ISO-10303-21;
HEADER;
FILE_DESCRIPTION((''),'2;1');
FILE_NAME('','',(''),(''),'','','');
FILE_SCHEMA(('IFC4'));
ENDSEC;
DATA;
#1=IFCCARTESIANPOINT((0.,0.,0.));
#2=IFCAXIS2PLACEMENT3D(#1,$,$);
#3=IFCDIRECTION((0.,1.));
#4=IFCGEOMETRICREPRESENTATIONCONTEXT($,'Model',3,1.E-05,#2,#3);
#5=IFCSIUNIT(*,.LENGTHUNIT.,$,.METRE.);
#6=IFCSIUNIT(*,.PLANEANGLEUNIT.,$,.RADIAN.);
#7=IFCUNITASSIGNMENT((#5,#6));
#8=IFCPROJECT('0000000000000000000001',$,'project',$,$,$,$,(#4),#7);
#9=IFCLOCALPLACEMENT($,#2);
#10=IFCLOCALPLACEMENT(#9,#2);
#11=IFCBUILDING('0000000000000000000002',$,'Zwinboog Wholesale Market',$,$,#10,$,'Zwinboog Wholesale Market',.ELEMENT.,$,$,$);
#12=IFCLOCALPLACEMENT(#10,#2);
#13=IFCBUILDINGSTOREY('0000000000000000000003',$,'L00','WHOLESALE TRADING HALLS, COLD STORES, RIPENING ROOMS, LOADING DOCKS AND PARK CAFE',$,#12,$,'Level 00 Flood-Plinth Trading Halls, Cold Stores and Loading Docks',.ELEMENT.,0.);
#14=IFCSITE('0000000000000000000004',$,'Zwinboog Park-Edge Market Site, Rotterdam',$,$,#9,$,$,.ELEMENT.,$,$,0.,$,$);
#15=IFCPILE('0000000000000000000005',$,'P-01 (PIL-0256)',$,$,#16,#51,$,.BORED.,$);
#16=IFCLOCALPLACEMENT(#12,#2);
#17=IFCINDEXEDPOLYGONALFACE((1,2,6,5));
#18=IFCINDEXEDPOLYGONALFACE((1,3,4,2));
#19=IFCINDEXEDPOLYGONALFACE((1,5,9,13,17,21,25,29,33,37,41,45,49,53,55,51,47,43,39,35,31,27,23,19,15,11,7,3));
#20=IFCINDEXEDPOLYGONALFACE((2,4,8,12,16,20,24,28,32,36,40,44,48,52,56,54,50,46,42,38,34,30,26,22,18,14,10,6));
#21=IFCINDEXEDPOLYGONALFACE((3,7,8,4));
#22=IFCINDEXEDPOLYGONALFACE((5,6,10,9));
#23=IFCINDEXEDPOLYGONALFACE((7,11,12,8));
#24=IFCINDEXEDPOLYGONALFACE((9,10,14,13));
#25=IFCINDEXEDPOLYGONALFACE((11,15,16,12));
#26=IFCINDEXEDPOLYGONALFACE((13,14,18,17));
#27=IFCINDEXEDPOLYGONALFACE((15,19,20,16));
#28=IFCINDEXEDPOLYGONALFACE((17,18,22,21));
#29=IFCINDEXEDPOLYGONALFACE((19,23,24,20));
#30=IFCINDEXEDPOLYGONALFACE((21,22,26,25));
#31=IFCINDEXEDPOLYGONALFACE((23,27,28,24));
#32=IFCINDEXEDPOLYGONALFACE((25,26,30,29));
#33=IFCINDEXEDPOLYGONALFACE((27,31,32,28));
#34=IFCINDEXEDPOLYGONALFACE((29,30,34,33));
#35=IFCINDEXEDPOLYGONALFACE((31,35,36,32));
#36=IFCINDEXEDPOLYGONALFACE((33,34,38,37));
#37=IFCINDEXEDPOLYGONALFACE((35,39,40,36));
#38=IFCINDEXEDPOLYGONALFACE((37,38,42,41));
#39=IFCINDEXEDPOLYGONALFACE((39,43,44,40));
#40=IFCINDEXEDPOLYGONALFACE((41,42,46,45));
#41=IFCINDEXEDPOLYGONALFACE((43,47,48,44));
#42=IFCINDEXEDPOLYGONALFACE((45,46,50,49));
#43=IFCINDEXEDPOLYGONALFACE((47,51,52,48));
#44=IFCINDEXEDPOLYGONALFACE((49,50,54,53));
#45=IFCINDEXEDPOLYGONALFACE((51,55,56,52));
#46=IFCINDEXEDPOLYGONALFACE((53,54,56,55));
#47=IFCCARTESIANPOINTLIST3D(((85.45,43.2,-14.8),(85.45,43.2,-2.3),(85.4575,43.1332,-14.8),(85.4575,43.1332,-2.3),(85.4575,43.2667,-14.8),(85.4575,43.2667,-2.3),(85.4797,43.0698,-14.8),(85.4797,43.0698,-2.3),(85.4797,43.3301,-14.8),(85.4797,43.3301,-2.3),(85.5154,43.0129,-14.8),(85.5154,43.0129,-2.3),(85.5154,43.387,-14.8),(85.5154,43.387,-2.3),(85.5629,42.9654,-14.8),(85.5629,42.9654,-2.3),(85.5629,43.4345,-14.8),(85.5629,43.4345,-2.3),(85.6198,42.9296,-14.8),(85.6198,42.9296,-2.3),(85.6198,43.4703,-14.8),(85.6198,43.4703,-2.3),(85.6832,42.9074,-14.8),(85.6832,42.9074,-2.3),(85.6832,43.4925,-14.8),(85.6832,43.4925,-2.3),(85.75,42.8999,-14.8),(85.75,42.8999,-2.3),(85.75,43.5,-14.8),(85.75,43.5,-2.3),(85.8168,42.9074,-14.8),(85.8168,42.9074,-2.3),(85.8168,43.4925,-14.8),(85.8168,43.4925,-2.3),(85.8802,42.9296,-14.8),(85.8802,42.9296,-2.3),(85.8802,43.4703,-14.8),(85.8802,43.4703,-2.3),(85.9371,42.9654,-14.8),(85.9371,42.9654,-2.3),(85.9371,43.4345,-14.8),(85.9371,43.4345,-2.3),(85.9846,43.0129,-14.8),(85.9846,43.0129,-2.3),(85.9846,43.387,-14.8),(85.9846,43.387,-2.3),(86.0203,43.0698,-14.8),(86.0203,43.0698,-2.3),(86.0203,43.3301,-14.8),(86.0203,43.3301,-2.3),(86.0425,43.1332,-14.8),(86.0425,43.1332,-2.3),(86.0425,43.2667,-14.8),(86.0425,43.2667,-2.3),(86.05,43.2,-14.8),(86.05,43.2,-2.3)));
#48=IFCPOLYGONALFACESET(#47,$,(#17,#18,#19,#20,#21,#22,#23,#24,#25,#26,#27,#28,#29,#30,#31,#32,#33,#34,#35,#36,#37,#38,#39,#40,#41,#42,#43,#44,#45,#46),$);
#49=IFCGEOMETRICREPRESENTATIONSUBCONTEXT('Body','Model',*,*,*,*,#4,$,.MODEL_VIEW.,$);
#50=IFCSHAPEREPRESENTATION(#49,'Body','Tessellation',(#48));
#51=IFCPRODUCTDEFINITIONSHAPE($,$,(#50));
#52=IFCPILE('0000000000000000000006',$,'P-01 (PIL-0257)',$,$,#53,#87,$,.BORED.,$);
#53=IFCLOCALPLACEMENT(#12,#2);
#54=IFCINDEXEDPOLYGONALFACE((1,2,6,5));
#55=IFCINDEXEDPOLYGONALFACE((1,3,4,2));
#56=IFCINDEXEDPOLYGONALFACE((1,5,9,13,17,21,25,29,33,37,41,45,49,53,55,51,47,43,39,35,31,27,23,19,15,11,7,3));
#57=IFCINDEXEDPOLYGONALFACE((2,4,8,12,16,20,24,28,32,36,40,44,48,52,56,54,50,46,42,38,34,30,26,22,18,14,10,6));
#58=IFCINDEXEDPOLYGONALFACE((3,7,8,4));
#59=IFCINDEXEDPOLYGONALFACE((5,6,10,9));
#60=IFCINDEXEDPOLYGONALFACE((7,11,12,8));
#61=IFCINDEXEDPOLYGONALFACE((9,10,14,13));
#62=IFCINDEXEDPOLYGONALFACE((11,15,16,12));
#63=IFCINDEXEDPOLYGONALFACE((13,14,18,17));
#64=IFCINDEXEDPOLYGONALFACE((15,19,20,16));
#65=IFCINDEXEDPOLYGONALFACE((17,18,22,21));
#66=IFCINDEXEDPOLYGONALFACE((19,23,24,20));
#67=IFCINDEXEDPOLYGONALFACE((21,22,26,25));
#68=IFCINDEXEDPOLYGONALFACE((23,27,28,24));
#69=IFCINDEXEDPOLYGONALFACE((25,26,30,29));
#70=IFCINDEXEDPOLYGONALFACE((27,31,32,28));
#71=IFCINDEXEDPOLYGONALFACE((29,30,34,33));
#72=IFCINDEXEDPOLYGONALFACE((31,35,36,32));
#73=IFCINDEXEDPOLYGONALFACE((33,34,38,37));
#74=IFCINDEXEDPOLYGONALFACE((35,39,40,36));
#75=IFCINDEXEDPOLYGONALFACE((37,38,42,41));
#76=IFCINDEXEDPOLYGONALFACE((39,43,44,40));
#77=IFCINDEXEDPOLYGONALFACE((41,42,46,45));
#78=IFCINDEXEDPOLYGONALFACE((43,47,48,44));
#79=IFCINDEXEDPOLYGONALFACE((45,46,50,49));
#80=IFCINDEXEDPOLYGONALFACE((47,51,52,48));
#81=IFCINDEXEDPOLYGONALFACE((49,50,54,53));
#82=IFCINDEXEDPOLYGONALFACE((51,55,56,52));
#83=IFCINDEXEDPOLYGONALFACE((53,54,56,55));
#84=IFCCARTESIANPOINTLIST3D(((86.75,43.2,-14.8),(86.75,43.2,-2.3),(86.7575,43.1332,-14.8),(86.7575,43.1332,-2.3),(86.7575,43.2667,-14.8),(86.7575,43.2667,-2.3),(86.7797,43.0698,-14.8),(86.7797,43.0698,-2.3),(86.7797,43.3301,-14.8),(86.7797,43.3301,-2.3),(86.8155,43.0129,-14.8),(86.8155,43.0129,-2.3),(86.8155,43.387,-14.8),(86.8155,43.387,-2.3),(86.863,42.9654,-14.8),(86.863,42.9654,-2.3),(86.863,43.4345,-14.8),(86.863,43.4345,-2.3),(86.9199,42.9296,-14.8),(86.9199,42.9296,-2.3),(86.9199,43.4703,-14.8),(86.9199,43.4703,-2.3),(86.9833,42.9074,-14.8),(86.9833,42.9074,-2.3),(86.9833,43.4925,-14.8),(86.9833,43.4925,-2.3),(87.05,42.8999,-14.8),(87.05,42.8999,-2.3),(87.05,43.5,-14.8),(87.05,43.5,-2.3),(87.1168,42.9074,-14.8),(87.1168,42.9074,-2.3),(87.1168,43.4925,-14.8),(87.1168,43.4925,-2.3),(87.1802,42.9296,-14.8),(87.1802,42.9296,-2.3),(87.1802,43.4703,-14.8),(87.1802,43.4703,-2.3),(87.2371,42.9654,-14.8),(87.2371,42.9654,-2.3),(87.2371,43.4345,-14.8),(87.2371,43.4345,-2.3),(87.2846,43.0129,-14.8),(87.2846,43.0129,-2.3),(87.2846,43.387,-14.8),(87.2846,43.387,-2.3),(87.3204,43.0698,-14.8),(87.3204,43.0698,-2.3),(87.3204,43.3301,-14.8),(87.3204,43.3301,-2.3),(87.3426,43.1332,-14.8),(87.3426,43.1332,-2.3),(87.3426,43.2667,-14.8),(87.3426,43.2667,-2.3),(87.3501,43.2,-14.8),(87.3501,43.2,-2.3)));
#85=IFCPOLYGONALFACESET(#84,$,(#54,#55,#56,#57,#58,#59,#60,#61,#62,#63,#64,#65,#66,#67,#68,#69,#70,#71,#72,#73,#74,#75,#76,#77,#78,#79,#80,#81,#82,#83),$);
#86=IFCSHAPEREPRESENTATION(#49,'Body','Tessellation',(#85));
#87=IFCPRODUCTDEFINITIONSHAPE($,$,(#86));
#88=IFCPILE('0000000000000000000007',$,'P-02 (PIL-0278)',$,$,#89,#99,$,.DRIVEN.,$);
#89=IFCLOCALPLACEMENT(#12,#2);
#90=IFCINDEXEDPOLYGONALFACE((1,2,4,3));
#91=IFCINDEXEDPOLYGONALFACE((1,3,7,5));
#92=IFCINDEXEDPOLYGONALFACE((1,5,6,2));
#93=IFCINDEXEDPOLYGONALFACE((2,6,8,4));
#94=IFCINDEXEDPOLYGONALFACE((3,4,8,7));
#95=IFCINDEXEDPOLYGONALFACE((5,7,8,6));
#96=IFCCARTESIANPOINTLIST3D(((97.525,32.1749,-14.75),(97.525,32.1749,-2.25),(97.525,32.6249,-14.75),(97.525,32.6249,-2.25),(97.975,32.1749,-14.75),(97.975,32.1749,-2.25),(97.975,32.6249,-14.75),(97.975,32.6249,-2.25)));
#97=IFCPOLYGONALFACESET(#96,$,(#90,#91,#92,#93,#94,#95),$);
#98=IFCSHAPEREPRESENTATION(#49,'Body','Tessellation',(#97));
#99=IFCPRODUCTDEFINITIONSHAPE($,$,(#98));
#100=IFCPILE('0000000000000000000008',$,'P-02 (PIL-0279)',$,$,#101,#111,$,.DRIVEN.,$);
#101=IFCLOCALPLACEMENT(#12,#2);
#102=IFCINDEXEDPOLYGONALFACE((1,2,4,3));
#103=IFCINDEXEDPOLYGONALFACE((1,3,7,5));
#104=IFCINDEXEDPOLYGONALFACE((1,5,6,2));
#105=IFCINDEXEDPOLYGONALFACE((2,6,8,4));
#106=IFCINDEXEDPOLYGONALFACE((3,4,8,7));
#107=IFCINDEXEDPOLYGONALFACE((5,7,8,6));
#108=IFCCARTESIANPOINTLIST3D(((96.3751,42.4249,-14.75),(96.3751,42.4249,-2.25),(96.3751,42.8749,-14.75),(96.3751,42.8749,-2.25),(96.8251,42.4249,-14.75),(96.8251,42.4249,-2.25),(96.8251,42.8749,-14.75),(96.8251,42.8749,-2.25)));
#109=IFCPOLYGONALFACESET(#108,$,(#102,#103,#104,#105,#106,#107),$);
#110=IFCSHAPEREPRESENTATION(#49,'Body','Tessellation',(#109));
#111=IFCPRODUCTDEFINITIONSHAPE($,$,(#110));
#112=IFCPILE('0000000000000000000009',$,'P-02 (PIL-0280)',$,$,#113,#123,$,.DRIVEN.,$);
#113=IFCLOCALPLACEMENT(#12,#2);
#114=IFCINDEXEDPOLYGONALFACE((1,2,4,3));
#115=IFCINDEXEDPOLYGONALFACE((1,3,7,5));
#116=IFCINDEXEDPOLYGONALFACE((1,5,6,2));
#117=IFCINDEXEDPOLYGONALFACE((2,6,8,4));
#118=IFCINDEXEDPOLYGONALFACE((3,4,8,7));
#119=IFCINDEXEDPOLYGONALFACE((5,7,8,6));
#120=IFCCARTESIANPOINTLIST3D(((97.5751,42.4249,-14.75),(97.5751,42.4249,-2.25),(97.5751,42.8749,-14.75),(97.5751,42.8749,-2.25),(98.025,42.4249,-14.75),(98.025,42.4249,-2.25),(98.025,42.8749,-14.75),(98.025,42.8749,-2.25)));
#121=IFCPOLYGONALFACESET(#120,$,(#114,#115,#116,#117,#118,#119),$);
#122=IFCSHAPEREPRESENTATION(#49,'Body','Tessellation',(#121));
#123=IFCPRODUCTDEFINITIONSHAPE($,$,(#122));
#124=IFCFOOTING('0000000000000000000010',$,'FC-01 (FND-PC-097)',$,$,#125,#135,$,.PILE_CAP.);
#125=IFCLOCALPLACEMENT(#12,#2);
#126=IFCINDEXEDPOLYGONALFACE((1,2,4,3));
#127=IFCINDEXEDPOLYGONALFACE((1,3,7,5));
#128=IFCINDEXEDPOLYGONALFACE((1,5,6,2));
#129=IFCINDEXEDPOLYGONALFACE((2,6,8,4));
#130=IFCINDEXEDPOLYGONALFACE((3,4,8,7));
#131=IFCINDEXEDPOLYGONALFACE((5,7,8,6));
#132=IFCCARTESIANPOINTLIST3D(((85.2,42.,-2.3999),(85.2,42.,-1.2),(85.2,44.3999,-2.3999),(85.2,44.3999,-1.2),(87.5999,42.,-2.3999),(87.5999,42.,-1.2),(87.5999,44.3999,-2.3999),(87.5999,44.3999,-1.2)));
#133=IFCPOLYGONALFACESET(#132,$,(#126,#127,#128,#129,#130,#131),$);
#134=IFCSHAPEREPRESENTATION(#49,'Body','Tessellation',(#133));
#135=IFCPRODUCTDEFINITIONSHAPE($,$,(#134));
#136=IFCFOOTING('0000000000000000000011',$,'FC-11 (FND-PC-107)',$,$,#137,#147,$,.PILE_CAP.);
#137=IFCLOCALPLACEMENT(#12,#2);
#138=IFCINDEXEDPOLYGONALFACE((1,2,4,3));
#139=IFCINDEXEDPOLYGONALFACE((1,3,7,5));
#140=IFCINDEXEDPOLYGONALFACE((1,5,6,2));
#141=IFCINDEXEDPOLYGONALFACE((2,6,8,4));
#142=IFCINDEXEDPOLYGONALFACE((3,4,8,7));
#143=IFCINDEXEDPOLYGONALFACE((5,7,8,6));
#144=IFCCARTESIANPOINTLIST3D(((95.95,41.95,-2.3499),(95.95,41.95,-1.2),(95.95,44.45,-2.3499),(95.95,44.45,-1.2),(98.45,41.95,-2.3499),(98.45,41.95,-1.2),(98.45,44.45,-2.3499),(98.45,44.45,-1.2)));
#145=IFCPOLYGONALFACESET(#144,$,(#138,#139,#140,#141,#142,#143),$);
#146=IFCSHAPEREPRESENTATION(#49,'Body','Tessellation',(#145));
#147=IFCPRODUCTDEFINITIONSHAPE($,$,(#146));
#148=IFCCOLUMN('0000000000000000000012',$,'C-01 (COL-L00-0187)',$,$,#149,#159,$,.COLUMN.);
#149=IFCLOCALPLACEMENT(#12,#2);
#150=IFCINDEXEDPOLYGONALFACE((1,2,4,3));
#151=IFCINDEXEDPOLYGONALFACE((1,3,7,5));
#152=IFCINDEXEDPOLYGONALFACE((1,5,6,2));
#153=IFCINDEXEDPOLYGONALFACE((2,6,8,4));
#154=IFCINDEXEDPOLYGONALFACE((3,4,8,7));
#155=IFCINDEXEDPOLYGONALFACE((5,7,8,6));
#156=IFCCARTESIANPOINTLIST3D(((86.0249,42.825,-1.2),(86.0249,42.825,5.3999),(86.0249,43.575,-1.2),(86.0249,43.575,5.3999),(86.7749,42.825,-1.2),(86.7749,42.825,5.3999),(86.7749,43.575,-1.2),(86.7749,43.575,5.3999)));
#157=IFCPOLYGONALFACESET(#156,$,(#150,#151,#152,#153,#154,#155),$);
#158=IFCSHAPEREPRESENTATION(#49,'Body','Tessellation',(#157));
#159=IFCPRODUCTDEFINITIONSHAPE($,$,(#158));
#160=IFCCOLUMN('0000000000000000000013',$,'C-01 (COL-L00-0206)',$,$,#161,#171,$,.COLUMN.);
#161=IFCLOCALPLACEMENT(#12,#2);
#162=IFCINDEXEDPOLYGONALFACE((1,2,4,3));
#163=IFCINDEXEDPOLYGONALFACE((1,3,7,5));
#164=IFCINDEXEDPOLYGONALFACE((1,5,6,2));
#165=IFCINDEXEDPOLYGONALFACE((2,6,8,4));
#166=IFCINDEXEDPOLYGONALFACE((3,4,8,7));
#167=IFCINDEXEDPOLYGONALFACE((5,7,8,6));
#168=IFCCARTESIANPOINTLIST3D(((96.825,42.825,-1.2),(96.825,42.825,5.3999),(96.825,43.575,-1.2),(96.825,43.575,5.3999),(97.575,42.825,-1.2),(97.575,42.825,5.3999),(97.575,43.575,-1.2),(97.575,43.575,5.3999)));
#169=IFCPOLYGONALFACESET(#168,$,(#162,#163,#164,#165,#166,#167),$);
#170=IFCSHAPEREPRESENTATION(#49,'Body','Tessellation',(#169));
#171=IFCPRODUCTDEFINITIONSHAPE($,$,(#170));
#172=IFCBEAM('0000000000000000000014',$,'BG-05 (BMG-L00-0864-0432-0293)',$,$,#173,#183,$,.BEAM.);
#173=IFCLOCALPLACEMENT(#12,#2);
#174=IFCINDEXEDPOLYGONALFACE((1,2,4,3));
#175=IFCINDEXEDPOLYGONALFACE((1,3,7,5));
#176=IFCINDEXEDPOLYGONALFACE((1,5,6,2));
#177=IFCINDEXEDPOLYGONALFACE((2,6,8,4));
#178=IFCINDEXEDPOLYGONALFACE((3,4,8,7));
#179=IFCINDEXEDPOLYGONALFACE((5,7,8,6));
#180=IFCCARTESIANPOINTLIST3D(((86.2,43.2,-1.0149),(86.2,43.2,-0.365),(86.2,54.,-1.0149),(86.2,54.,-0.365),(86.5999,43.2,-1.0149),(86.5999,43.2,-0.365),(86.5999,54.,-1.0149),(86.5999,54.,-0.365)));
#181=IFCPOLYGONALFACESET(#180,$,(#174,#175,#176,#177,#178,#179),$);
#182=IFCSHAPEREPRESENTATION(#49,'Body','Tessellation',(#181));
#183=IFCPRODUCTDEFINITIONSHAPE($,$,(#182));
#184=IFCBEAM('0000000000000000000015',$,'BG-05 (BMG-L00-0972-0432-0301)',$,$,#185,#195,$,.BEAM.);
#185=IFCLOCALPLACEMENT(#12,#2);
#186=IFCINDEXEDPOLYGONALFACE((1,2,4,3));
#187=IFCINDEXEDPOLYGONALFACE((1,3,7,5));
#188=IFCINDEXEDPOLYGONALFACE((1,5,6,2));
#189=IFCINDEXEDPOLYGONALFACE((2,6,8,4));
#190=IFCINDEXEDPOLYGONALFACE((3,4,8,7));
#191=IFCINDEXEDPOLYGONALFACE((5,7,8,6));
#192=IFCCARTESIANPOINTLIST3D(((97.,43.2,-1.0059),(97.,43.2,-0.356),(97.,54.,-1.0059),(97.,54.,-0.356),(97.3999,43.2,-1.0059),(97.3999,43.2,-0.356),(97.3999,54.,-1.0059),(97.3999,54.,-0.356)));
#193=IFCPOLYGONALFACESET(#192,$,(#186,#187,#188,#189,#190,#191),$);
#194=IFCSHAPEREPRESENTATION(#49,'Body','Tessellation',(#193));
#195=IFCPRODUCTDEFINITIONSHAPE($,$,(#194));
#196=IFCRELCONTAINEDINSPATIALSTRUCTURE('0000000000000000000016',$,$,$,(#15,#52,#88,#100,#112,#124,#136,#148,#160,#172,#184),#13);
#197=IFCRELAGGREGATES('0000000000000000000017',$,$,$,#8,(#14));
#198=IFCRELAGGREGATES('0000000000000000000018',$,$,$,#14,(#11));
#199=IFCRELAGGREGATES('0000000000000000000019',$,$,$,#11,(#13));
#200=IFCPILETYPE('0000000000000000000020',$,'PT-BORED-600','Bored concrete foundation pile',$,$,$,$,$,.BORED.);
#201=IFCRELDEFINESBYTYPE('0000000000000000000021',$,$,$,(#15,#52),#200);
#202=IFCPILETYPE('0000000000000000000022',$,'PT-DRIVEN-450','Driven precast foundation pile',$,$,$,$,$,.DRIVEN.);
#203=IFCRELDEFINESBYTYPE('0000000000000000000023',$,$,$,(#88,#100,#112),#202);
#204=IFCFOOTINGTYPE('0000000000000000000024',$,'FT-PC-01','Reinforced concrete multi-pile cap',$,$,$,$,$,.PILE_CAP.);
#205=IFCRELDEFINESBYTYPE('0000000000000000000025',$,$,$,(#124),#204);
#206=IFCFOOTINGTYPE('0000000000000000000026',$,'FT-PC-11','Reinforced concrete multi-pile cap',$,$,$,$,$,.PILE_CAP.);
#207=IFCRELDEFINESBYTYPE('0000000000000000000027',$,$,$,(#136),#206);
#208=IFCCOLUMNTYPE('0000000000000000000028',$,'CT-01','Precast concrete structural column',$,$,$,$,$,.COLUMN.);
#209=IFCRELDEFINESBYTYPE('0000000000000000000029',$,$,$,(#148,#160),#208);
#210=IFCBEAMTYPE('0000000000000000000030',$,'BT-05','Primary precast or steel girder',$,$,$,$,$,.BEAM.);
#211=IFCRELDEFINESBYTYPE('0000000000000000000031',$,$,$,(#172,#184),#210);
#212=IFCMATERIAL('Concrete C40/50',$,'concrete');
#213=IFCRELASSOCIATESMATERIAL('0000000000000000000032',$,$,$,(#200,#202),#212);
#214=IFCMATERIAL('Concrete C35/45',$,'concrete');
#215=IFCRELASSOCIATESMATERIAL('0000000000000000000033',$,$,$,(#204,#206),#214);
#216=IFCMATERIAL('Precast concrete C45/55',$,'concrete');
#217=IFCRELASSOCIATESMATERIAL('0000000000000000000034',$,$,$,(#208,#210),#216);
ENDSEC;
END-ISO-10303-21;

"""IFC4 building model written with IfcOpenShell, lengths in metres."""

from ifc_helpers import new_model, si_unit, direction, frame, origin, origin_2d, place, context, subcontext, project, spatial, rectangle, circle, extrude, material, material_profile, profile_set, type_object, element, save


model = new_model("IFC4")

# Units and contexts
model_context = context("Model", 3, precision=1e-05, world=origin(), true_north=direction((0.0, 1.0)))
body_context = subcontext(model_context, "Body", "Model", "MODEL_VIEW")
ifc_project = project(units=[si_unit("LENGTHUNIT", "METRE"), si_unit("PLANEANGLEUNIT", "RADIAN")], contexts=[model_context])

# Site, building, storey
site_placement = place(None, origin())
site = spatial("IfcSite", under=ifc_project, at=site_placement, Name="Zwinboog Park-Edge Market Site, Rotterdam", CompositionType="ELEMENT", RefElevation=0.0)
building_placement = place(site_placement, origin())
building = spatial("IfcBuilding", under=site, at=building_placement, Name="Zwinboog Wholesale Market", LongName="Zwinboog Wholesale Market", CompositionType="ELEMENT")
storey_placement = place(building_placement, origin())
storey = spatial("IfcBuildingStorey", under=building, at=storey_placement, Name="L00", Description="WHOLESALE TRADING HALLS, COLD STORES, RIPENING ROOMS, LOADING DOCKS AND PARK CAFE", LongName="Level 00 Flood-Plinth Trading Halls, Cold Stores and Loading Docks", CompositionType="ELEMENT", Elevation=0.0)

# Piles
ifc_material_1 = material(Name="Concrete C40/50", Category="concrete")
ifc_material_profile_1 = material_profile(ifc_material_1, circle(Radius=0.3, at=origin_2d()), Name="PILE D600")
ifc_profile_set_1 = profile_set([ifc_material_profile_1], Name="Concrete C40/50")
pile_type_1 = type_object("IfcPileType", Name="PT-BORED-600", Description="Bored concrete foundation pile", PredefinedType="BORED", material=ifc_profile_set_1)
for number, where, z_axis, x_axis, name in (
    (1, (85.75, 43.2, -2.3), (0.0, 0.0, -1.0), (1.0, 0.0, 0.0), "P-01 (PIL-0256)"),
    (2, (87.05, 43.2, -2.3), (0.0, 0.0, -1.0), (1.0, 0.0, 0.0), "P-01 (PIL-0257)"),
):
    element("IfcPile", number, at=place(storey_placement, frame(where, z_axis=z_axis, x_axis=x_axis)), inside=storey, type_object=pile_type_1, Name=name, PredefinedType="BORED", context=body_context, shape_type="SweptSolid", body=[
        extrude(circle(Radius=0.3, at=origin_2d()), origin(), (0.0, 0.0, 1.0), 12.5),
    ])
ifc_material_profile_2 = material_profile(ifc_material_1, rectangle(XDim=0.45, YDim=0.45, at=origin_2d()), Name="PILE SQ450")
ifc_profile_set_2 = profile_set([ifc_material_profile_2], Name="Concrete C40/50")
pile_type_2 = type_object("IfcPileType", Name="PT-DRIVEN-450", Description="Driven precast foundation pile", PredefinedType="DRIVEN", material=ifc_profile_set_2)
for number, where, z_axis, x_axis, name in (
    (3, (97.75, 32.3999, -2.25), (0.0, 0.0, -1.0), (1.0, 0.0, 0.0), "P-02 (PIL-0278)"),
    (4, (96.6001, 42.6499, -2.25), (0.0, 0.0, -1.0), (1.0, 0.0, 0.0), "P-02 (PIL-0279)"),
    (5, (97.8, 42.6499, -2.25), (0.0, 0.0, -1.0), (1.0, 0.0, 0.0), "P-02 (PIL-0280)"),
):
    element("IfcPile", number, at=place(storey_placement, frame(where, z_axis=z_axis, x_axis=x_axis)), inside=storey, type_object=pile_type_2, Name=name, PredefinedType="DRIVEN", context=body_context, shape_type="SweptSolid", body=[
        extrude(rectangle(XDim=0.45, YDim=0.45, at=origin_2d()), origin(), (0.0, 0.0, 1.0), 12.5),
    ])

# Footings
ifc_material_2 = material(Name="Concrete C35/45", Category="concrete")
footing_type_1 = type_object("IfcFootingType", Name="FT-PC-01", Description="Reinforced concrete multi-pile cap", PredefinedType="PILE_CAP", material=ifc_material_2)
footing_1_placement = place(storey_placement, frame((86.3999, 43.2, -2.3999), z_axis=(0.0, 0.0, 1.0), x_axis=(1.0, 0.0, 0.0)))
element("IfcFooting", 6, at=footing_1_placement, inside=storey, type_object=footing_type_1, Name="FC-01 (FND-PC-097)", PredefinedType="PILE_CAP", context=body_context, shape_type="SweptSolid", body=[
    extrude(rectangle(XDim=2.3999, YDim=2.3999, at=origin_2d()), origin(), (0.0, 0.0, 1.0), 1.2),
])
footing_type_2 = type_object("IfcFootingType", Name="FT-PC-11", Description="Reinforced concrete multi-pile cap", PredefinedType="PILE_CAP", material=ifc_material_2)
footing_2_placement = place(storey_placement, frame((97.2, 43.2, -2.3499), z_axis=(0.0, 0.0, 1.0), x_axis=(1.0, 0.0, 0.0)))
element("IfcFooting", 7, at=footing_2_placement, inside=storey, type_object=footing_type_2, Name="FC-11 (FND-PC-107)", PredefinedType="PILE_CAP", context=body_context, shape_type="SweptSolid", body=[
    extrude(rectangle(XDim=2.5, YDim=2.5, at=origin_2d()), origin(), (0.0, 0.0, 1.0), 1.1499),
])

# Columns
ifc_material_3 = material(Name="Precast concrete C45/55", Category="concrete")
ifc_material_profile_3 = material_profile(ifc_material_3, rectangle(XDim=0.75, YDim=0.75, at=origin_2d()), Name="PC 750x750")
ifc_profile_set_3 = profile_set([ifc_material_profile_3], Name="Precast concrete C45/55")
column_type = type_object("IfcColumnType", Name="CT-01", Description="Precast concrete structural column", PredefinedType="COLUMN", material=ifc_profile_set_3)
for number, where, z_axis, x_axis, name in (
    (8, (86.3999, 43.2, -1.2), (0.0, 0.0, 1.0), (1.0, 0.0, 0.0), "C-01 (COL-L00-0187)"),
    (9, (97.2, 43.2, -1.2), (0.0, 0.0, 1.0), (1.0, 0.0, 0.0), "C-01 (COL-L00-0206)"),
):
    element("IfcColumn", number, at=place(storey_placement, frame(where, z_axis=z_axis, x_axis=x_axis)), inside=storey, type_object=column_type, Name=name, PredefinedType="COLUMN", context=body_context, shape_type="SweptSolid", body=[
        extrude(rectangle(XDim=0.75, YDim=0.75, at=origin_2d()), origin(), (0.0, 0.0, 1.0), 6.5999),
    ])

# Beams
ifc_material_profile_4 = material_profile(ifc_material_3, rectangle(XDim=0.3999, YDim=0.6499, at=origin_2d()), Name="PC 400x650")
ifc_profile_set_4 = profile_set([ifc_material_profile_4], Name="Precast concrete C45/55")
beam_type_1 = type_object("IfcBeamType", Name="BT-05", Description="Primary precast or steel girder", PredefinedType="BEAM", material=ifc_profile_set_4)
for number, where, z_axis, x_axis, name in (
    (10, (86.3999, 43.2, -0.6899), (0.0, 1.0, 0.0), (-1.0, 0.0, 0.0), "BG-05 (BMG-L00-0864-0432-0293)"),
    (11, (97.2, 43.2, -0.6809), (0.0, 1.0, 0.0), (-1.0, 0.0, 0.0), "BG-05 (BMG-L00-0972-0432-0301)"),
):
    element("IfcBeam", number, at=place(storey_placement, frame(where, z_axis=z_axis, x_axis=x_axis)), inside=storey, type_object=beam_type_1, Name=name, PredefinedType="BEAM", context=body_context, shape_type="SweptSolid", body=[
        extrude(rectangle(XDim=0.3999, YDim=0.6499, at=origin_2d()), origin(), (0.0, 0.0, 1.0), 10.8),
    ])

save(model, "model.ifc")
